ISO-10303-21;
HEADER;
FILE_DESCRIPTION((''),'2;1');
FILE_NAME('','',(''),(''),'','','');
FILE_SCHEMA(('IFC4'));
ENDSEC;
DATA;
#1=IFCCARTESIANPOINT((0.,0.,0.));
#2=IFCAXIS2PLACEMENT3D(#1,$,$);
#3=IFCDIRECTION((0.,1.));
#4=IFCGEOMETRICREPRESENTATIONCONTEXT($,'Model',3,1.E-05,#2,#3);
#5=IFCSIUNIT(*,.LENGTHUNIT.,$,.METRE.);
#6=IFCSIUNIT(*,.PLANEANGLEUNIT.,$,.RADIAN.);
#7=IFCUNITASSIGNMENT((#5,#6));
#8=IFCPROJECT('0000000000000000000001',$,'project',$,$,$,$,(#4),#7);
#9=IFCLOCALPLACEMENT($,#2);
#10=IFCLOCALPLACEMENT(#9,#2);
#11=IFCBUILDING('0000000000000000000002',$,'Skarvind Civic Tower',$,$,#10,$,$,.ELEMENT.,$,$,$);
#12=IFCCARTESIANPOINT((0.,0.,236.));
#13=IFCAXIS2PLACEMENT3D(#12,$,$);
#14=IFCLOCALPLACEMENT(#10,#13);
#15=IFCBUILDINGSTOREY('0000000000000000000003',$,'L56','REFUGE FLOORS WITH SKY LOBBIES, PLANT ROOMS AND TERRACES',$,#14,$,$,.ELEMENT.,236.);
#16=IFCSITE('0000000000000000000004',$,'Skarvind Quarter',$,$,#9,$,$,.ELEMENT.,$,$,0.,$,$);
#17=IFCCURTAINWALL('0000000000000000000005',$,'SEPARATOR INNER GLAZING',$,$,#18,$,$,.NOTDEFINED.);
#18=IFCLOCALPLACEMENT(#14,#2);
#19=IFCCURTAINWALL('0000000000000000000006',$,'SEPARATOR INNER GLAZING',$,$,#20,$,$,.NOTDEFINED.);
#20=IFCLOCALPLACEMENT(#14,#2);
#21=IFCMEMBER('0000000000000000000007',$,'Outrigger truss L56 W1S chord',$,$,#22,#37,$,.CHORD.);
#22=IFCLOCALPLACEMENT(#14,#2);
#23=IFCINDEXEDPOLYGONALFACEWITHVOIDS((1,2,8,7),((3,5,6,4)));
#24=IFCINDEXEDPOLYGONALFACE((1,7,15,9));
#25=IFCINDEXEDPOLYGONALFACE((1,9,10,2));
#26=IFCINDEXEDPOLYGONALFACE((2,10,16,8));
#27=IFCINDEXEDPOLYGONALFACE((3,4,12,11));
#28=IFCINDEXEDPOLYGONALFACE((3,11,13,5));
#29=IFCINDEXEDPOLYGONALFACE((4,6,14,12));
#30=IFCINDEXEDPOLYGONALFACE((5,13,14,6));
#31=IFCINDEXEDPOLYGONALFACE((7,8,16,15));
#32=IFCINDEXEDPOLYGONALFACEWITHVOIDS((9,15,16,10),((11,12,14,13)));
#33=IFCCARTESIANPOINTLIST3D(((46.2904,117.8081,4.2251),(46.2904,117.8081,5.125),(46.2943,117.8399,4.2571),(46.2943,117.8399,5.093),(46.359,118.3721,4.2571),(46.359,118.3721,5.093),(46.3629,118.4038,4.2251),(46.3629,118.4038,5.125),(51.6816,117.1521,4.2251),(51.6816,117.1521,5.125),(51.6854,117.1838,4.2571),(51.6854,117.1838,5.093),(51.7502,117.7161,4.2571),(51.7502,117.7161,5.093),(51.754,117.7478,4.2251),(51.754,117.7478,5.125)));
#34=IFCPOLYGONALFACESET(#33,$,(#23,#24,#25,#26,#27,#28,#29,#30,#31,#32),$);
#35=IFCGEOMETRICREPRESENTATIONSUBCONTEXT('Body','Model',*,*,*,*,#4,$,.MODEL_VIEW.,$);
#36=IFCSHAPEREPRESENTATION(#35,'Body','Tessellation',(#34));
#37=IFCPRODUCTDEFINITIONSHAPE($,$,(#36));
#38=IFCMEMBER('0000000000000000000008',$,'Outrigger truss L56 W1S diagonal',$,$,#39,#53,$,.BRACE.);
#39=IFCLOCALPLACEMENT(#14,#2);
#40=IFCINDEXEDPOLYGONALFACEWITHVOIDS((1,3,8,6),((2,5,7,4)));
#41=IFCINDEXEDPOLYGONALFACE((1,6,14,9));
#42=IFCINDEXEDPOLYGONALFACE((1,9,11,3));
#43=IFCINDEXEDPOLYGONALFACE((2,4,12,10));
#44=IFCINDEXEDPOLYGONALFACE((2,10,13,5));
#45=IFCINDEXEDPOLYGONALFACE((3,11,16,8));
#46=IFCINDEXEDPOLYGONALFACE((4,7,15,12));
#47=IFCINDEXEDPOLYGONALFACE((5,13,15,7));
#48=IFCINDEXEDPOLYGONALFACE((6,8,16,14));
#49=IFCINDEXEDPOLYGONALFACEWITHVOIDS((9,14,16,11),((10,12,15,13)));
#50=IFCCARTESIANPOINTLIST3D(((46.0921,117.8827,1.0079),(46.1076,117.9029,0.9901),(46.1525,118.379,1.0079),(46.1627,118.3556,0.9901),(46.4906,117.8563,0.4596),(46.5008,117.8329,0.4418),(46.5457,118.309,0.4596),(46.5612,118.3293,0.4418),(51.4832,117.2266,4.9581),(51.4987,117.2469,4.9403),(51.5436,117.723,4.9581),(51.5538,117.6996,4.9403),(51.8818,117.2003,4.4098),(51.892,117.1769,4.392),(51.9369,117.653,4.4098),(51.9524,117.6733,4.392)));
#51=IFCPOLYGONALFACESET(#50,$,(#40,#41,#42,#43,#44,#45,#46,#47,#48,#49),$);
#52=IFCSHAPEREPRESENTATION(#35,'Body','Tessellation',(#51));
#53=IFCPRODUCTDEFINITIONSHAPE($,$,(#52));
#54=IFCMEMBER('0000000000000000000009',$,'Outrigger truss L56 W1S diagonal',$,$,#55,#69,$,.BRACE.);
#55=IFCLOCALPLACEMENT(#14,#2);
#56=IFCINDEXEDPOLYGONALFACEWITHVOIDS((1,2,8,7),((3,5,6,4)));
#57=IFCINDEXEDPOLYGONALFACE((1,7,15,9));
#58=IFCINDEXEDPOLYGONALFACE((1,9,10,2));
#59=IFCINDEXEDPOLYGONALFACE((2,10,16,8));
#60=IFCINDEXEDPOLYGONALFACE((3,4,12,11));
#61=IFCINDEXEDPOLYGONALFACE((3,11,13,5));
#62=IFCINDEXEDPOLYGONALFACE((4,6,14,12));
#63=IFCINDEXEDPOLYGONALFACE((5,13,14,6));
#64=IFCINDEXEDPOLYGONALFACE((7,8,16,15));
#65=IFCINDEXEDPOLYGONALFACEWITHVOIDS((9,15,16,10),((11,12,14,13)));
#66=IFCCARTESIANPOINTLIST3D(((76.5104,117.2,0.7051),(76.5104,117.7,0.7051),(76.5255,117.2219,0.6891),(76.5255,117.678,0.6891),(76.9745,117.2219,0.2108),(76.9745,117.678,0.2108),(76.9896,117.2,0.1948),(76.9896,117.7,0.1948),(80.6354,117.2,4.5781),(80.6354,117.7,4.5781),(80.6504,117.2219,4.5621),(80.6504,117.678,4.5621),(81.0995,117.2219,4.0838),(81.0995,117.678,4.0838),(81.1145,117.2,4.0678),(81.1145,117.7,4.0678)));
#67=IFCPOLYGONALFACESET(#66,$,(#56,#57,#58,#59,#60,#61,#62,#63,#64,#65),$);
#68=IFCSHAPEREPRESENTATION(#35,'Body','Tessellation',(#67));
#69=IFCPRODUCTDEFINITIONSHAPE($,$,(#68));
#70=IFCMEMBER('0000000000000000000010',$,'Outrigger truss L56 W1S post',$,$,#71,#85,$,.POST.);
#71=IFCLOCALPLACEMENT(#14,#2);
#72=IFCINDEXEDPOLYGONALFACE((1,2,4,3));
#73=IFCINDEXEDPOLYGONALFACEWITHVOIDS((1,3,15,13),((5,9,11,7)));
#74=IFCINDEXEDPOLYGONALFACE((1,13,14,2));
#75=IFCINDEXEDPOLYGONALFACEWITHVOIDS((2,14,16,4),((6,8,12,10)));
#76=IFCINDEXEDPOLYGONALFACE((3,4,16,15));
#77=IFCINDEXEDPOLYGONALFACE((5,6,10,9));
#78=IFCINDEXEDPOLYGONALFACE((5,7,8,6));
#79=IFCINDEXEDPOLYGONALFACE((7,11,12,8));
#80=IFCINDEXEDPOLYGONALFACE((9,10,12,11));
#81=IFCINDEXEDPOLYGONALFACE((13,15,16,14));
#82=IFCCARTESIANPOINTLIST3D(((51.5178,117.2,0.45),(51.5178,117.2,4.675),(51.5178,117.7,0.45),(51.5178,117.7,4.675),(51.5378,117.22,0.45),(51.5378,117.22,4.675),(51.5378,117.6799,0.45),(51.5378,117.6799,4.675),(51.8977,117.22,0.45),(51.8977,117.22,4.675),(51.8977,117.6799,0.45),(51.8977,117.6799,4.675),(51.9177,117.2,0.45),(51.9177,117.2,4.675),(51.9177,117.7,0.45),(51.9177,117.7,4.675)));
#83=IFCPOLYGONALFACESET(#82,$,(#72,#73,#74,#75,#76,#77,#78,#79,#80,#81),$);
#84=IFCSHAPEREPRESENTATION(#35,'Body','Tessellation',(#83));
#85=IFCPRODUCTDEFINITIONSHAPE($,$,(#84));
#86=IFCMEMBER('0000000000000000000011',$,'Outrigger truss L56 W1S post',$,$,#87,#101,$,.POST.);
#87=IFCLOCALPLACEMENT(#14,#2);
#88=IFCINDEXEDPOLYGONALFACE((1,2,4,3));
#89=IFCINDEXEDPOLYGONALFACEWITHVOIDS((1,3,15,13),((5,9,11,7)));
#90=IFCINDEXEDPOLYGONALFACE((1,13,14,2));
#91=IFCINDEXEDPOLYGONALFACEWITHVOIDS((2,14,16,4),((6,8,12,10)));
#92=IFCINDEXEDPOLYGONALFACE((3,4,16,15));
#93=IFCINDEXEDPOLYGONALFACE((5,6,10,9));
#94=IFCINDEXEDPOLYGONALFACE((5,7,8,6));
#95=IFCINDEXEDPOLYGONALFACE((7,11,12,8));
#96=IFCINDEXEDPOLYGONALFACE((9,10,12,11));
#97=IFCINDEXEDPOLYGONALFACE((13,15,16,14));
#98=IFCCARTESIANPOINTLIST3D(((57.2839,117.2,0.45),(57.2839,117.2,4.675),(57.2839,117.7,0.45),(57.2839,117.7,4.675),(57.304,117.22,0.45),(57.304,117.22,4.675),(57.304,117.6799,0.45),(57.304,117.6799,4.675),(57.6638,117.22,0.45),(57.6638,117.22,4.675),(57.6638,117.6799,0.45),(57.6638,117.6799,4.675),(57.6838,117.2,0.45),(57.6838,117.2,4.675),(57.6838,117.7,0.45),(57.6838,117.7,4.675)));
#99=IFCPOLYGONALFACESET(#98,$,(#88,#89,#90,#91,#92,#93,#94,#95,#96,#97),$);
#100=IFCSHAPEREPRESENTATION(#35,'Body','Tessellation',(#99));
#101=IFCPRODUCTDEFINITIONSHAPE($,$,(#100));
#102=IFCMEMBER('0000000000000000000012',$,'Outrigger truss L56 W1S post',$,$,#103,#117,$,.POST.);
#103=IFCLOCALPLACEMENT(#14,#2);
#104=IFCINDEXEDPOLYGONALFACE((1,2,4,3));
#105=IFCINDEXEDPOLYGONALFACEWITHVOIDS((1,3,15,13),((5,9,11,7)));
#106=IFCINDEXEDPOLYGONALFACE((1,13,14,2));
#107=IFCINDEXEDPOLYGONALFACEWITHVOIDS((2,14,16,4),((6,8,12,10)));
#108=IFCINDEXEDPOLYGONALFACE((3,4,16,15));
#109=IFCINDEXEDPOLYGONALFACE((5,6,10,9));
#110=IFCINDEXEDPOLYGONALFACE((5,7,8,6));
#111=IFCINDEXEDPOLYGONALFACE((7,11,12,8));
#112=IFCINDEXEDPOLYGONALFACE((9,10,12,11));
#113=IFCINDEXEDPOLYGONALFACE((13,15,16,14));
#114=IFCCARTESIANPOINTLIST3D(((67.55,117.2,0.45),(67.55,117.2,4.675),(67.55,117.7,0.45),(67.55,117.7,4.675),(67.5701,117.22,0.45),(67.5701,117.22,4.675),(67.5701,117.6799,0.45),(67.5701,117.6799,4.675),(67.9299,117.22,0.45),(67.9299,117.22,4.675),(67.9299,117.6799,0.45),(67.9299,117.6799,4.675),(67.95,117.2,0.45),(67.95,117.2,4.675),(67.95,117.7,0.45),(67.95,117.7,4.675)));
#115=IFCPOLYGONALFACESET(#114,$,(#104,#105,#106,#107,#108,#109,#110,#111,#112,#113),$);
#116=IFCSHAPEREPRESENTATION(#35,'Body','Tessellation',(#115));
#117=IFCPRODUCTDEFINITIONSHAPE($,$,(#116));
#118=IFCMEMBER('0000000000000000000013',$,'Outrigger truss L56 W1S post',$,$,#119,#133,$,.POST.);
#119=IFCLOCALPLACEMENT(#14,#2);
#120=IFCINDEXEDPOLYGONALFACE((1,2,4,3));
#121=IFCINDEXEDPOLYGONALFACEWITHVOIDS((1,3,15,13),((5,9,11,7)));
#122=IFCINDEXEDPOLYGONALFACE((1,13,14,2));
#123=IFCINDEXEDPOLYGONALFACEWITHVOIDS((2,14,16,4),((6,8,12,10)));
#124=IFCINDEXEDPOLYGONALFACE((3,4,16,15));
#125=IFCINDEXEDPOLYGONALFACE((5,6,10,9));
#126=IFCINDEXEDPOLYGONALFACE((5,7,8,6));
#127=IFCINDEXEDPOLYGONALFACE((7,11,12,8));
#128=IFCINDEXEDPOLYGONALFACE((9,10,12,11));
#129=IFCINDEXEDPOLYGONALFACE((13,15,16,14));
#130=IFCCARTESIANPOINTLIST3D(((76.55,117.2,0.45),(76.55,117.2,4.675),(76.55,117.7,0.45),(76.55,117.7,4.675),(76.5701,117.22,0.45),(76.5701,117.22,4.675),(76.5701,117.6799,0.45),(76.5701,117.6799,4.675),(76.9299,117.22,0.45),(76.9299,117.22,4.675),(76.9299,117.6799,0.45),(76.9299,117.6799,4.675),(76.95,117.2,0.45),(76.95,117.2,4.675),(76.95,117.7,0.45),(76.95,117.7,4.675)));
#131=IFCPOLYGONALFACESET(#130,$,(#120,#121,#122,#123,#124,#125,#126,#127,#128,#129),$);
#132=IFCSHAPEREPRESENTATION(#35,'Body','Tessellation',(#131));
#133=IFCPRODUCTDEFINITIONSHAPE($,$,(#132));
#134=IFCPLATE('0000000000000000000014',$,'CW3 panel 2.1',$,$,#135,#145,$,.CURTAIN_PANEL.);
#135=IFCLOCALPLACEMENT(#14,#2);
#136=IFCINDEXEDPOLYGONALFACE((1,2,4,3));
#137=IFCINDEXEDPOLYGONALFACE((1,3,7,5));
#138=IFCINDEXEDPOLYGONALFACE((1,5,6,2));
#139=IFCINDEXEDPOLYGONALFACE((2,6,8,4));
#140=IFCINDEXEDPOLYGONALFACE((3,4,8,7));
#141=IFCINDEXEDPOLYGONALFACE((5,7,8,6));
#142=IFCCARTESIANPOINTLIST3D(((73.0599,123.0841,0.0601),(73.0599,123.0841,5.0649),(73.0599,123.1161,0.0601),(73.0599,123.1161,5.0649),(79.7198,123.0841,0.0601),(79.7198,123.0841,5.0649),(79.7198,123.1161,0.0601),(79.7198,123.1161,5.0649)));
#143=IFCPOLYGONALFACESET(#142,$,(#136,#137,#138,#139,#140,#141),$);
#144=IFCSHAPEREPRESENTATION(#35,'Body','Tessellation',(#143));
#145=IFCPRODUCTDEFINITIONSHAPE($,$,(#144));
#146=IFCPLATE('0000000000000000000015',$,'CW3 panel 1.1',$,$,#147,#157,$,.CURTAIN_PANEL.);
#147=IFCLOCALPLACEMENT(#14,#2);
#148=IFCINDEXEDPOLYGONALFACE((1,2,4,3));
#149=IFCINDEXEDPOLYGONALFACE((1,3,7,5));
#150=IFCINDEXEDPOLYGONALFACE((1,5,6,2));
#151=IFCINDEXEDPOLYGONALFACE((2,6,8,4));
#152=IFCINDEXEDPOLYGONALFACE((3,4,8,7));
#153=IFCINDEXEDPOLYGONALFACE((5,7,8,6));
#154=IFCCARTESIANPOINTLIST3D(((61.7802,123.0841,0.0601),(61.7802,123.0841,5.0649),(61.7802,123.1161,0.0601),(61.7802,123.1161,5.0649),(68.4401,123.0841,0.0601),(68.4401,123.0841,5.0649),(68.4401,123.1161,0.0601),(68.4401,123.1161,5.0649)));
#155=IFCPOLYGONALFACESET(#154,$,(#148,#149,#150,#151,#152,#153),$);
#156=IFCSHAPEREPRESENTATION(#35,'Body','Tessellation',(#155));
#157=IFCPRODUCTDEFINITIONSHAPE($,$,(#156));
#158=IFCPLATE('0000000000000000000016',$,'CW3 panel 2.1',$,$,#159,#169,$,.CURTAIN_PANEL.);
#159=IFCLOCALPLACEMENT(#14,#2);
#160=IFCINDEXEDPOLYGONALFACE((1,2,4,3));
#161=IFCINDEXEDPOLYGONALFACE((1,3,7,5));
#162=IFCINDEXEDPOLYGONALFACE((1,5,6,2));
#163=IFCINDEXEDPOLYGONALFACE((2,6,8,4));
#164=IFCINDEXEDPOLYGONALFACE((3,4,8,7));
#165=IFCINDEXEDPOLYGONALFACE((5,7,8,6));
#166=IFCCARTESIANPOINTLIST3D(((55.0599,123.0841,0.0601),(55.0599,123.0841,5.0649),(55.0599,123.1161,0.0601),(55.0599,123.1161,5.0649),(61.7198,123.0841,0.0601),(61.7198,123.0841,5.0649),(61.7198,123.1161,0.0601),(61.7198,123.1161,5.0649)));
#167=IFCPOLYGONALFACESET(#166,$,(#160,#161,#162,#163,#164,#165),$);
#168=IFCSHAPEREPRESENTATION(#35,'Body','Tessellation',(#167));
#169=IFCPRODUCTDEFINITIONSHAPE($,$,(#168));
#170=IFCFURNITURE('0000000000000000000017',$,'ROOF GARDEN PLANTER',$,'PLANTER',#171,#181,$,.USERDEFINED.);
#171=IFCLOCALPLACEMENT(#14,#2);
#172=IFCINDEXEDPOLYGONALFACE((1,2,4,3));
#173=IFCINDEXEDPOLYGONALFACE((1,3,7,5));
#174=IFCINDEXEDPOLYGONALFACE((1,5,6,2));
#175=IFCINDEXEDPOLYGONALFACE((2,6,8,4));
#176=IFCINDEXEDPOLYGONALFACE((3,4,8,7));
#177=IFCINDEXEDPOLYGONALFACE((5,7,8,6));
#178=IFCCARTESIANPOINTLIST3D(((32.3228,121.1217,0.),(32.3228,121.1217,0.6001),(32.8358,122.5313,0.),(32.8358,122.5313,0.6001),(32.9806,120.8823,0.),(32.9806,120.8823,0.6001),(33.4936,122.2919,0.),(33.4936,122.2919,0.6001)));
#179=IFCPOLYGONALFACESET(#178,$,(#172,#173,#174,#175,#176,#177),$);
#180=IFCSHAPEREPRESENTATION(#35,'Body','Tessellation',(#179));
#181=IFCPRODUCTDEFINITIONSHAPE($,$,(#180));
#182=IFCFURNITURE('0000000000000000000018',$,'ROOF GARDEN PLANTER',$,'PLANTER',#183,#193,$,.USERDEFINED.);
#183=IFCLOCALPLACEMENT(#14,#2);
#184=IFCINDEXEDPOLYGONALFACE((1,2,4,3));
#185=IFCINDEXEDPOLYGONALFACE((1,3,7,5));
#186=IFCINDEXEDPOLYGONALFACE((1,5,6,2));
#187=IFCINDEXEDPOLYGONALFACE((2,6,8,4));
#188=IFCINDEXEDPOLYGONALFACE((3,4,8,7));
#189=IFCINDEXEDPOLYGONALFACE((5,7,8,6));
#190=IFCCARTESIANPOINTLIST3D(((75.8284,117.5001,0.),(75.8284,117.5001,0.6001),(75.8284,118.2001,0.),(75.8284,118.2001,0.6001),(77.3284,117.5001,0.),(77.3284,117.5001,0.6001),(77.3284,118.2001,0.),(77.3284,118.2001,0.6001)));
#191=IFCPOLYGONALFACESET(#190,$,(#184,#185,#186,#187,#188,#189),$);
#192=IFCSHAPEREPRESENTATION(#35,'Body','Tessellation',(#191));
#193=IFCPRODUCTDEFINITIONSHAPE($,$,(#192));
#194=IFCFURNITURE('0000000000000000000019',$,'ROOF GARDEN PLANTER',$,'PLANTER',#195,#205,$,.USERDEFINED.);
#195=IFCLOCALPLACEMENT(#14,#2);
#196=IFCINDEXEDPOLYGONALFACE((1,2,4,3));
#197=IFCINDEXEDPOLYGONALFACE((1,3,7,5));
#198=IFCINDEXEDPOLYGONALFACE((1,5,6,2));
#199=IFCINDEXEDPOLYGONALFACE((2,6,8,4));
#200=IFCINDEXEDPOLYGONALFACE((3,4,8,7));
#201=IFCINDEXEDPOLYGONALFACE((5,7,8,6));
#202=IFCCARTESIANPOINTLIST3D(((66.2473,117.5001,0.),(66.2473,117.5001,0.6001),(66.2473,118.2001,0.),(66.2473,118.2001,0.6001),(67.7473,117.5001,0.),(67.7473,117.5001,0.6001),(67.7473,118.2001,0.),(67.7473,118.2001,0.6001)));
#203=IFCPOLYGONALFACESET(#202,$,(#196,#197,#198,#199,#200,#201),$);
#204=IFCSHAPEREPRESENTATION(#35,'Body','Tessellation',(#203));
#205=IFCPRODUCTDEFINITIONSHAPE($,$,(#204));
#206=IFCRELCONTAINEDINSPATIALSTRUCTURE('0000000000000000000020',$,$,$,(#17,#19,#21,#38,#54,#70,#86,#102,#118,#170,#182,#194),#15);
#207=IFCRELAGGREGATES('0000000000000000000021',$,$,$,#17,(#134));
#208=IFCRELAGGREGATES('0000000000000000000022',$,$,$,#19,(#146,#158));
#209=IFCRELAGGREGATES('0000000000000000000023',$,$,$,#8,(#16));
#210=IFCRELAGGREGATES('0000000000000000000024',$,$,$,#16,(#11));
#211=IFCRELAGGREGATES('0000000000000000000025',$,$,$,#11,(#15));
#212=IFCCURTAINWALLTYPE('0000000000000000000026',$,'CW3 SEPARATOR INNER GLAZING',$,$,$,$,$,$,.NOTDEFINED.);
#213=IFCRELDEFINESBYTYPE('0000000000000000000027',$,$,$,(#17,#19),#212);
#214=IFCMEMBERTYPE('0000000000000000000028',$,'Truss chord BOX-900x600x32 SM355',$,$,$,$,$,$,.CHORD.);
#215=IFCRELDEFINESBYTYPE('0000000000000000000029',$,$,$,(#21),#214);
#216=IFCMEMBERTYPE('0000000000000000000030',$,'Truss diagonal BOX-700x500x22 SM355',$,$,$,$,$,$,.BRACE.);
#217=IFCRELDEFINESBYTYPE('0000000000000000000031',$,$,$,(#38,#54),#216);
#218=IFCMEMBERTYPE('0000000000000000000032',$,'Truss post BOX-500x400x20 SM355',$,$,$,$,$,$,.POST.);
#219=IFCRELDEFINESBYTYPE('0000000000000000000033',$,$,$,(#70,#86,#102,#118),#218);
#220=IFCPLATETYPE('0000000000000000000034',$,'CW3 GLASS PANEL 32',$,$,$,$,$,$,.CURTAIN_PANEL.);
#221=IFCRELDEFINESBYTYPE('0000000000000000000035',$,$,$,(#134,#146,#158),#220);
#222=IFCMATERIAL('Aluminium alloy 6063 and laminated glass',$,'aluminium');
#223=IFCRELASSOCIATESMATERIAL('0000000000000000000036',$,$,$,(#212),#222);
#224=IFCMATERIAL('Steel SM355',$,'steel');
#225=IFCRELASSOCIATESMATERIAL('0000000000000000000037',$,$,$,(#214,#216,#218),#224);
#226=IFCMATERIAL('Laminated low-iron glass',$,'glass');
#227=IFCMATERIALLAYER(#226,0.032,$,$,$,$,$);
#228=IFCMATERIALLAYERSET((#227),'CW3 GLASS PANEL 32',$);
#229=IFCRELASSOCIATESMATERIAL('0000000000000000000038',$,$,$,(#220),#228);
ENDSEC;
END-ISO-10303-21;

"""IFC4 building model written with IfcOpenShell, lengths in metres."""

from ifc_helpers import new_model, si_unit, direction, frame, origin, origin_2d, place, context, subcontext, project, spatial, rectangle, hollow_rectangle, extrude, material, layer, layer_set, material_profile, profile_set, type_object, element, aggregate, save


model = new_model("IFC4")

# Units and contexts
model_context = context("Model", 3, precision=1e-05, world=origin(), true_north=direction((0.0, 1.0)))
body_context = subcontext(model_context, "Body", "Model", "MODEL_VIEW")
ifc_project = project(units=[si_unit("LENGTHUNIT", "METRE"), si_unit("PLANEANGLEUNIT", "RADIAN")], contexts=[model_context])

# Site, building, storey
site_placement = place(None, origin())
site = spatial("IfcSite", under=ifc_project, at=site_placement, Name="Skarvind Quarter", CompositionType="ELEMENT", RefElevation=0.0)
building_placement = place(site_placement, origin())
building = spatial("IfcBuilding", under=site, at=building_placement, Name="Skarvind Civic Tower", CompositionType="ELEMENT")
storey_placement = place(building_placement, frame((0.0, 0.0, 236.0)))
storey = spatial("IfcBuildingStorey", under=building, at=storey_placement, Name="L56", Description="REFUGE FLOORS WITH SKY LOBBIES, PLANT ROOMS AND TERRACES", CompositionType="ELEMENT", Elevation=236.0)

# Curtain wall
ifc_material_1 = material(Name="Aluminium alloy 6063 and laminated glass", Category="aluminium")
curtain_wall_type = type_object("IfcCurtainWallType", Name="CW3 SEPARATOR INNER GLAZING", PredefinedType="NOTDEFINED", material=ifc_material_1)
curtain_wall_1_placement = place(storey_placement, origin())
curtain_wall_1 = element("IfcCurtainWall", 1, at=curtain_wall_1_placement, inside=storey, type_object=curtain_wall_type, Name="SEPARATOR INNER GLAZING", PredefinedType="NOTDEFINED")

# Curtain wall
curtain_wall_2_placement = place(storey_placement, origin())
curtain_wall_2 = element("IfcCurtainWall", 2, at=curtain_wall_2_placement, inside=storey, type_object=curtain_wall_type, Name="SEPARATOR INNER GLAZING", PredefinedType="NOTDEFINED")

# Members
ifc_material_2 = material(Name="Steel SM355", Category="steel")
ifc_material_profile_1 = material_profile(ifc_material_2, hollow_rectangle(XDim=0.6001, YDim=0.8999, WallThickness=0.032, at=origin_2d()), Name="BOX-900x600x32")
ifc_profile_set_1 = profile_set([ifc_material_profile_1], Name="Steel SM355")
member_type_1 = type_object("IfcMemberType", Name="Truss chord BOX-900x600x32 SM355", PredefinedType="CHORD", material=ifc_profile_set_1)
for number, where, z_axis, x_axis, name in (
    (3, (46.3267, 118.106, 4.675), (0.992678, -0.120792, 0.0), (0.120792, 0.992678, 0.0), "Outrigger truss L56 W1S chord"),
):
    element("IfcMember", number, at=place(storey_placement, frame(where, z_axis=z_axis, x_axis=x_axis)), inside=storey, type_object=member_type_1, Name=name, PredefinedType="CHORD", context=body_context, shape_type="SweptSolid", body=[
        extrude(hollow_rectangle(XDim=0.6001, YDim=0.8999, WallThickness=0.032, at=origin_2d()), origin(), (0.0, 0.0, 1.0), 5.4309),
    ])
ifc_material_profile_2 = material_profile(ifc_material_2, hollow_rectangle(XDim=0.5, YDim=0.7, WallThickness=0.022, at=origin_2d()), Name="BOX-700x500x22")
ifc_profile_set_2 = profile_set([ifc_material_profile_2], Name="Steel SM355")
member_type_2 = type_object("IfcMemberType", Name="Truss diagonal BOX-700x500x22 SM355", PredefinedType="BRACE", material=ifc_profile_set_2)
member_1_placement = place(storey_placement, frame((46.3267, 118.106, 0.7249), z_axis=(0.802782, -0.097685, 0.588217), x_axis=(0.120792, 0.992678, 0.0)))
element("IfcMember", 4, at=member_1_placement, inside=storey, type_object=member_type_2, Name="Outrigger truss L56 W1S diagonal", PredefinedType="BRACE", context=body_context, shape_type="SweptSolid", body=[
    extrude(hollow_rectangle(XDim=0.5, YDim=0.7, WallThickness=0.022, at=origin_2d()), origin(), (0.0, 0.0, 1.0), 6.7156),
])
member_2_placement = place(storey_placement, frame((76.75, 117.45, 0.45), z_axis=(0.72902, 0.0, 0.684492), x_axis=(0.0, 1.0, 0.0)))
element("IfcMember", 5, at=member_2_placement, inside=storey, type_object=member_type_2, Name="Outrigger truss L56 W1S diagonal", PredefinedType="BRACE", context=body_context, shape_type="SweptSolid", body=[
    extrude(hollow_rectangle(XDim=0.5, YDim=0.7, WallThickness=0.022, at=origin_2d()), origin(), (0.0, 0.0, 1.0), 5.6582),
])
ifc_material_profile_3 = material_profile(ifc_material_2, hollow_rectangle(XDim=0.3999, YDim=0.5, WallThickness=0.02, at=origin_2d()), Name="BOX-500x400x20")
ifc_profile_set_3 = profile_set([ifc_material_profile_3], Name="Steel SM355")
member_type_3 = type_object("IfcMemberType", Name="Truss post BOX-500x400x20 SM355", PredefinedType="POST", material=ifc_profile_set_3)
for number, where, z_axis, x_axis, name in (
    (6, (51.7178, 117.45, 0.45), (0.0, 0.0, 1.0), (1.0, 0.0, 0.0), "Outrigger truss L56 W1S post"),
    (7, (57.4839, 117.45, 0.45), (0.0, 0.0, 1.0), (1.0, 0.0, 0.0), "Outrigger truss L56 W1S post"),
    (8, (67.75, 117.45, 0.45), (0.0, 0.0, 1.0), (1.0, 0.0, 0.0), "Outrigger truss L56 W1S post"),
    (9, (76.75, 117.45, 0.45), (0.0, 0.0, 1.0), (1.0, 0.0, 0.0), "Outrigger truss L56 W1S post"),
):
    element("IfcMember", number, at=place(storey_placement, frame(where, z_axis=z_axis, x_axis=x_axis)), inside=storey, type_object=member_type_3, Name=name, PredefinedType="POST", context=body_context, shape_type="SweptSolid", body=[
        extrude(hollow_rectangle(XDim=0.3999, YDim=0.5, WallThickness=0.02, at=origin_2d()), origin(), (0.0, 0.0, 1.0), 4.2251),
    ])

# Plates
ifc_material_3 = material(Name="Laminated low-iron glass", Category="glass")
ifc_layer_1 = layer(ifc_material_3, 0.032)
ifc_layer_set_1 = layer_set([ifc_layer_1], Name="CW3 GLASS PANEL 32")
plate_type = type_object("IfcPlateType", Name="CW3 GLASS PANEL 32", PredefinedType="CURTAIN_PANEL", material=ifc_layer_set_1)
plate_1_placement = place(storey_placement, frame((76.3899, 123.1001, 0.0601), z_axis=(0.0, 0.0, 1.0), x_axis=(-1.0, 0.0, 0.0)))
plate_1 = element("IfcPlate", 10, at=plate_1_placement, type_object=plate_type, Name="CW3 panel 2.1", PredefinedType="CURTAIN_PANEL", context=body_context, shape_type="SweptSolid", body=[
    extrude(rectangle(XDim=6.6599, YDim=0.032, at=origin_2d()), origin(), (0.0, 0.0, 1.0), 5.0049),
])
aggregate(curtain_wall_1, [plate_1])
plate_2_placement = place(storey_placement, frame((65.1101, 123.1001, 0.0601), z_axis=(0.0, 0.0, 1.0), x_axis=(-1.0, 0.0, 0.0)))
plate_2 = element("IfcPlate", 11, at=plate_2_placement, type_object=plate_type, Name="CW3 panel 1.1", PredefinedType="CURTAIN_PANEL", context=body_context, shape_type="SweptSolid", body=[
    extrude(rectangle(XDim=6.6599, YDim=0.032, at=origin_2d()), origin(), (0.0, 0.0, 1.0), 5.0049),
])
plate_3_placement = place(storey_placement, frame((58.3899, 123.1001, 0.0601), z_axis=(0.0, 0.0, 1.0), x_axis=(-1.0, 0.0, 0.0)))
plate_3 = element("IfcPlate", 12, at=plate_3_placement, type_object=plate_type, Name="CW3 panel 2.1", PredefinedType="CURTAIN_PANEL", context=body_context, shape_type="SweptSolid", body=[
    extrude(rectangle(XDim=6.6599, YDim=0.032, at=origin_2d()), origin(), (0.0, 0.0, 1.0), 5.0049),
])
aggregate(curtain_wall_2, [plate_2, plate_3])

# Furniture
for number, where, z_axis, x_axis, name in (
    (13, (32.9082, 121.7068, 0.0), (0.0, 0.0, 1.0), (0.34202, 0.939693, 0.0), "ROOF GARDEN PLANTER"),
    (14, (76.5784, 117.8501, 0.0), (0.0, 0.0, 1.0), (-1.0, 0.0, 0.0), "ROOF GARDEN PLANTER"),
    (15, (66.9973, 117.8501, 0.0), (0.0, 0.0, 1.0), (-1.0, 0.0, 0.0), "ROOF GARDEN PLANTER"),
):
    element("IfcFurniture", number, at=place(storey_placement, frame(where, z_axis=z_axis, x_axis=x_axis)), inside=storey, Name=name, ObjectType="PLANTER", PredefinedType="USERDEFINED", context=body_context, shape_type="SweptSolid", body=[
        extrude(rectangle(XDim=1.5, YDim=0.7, at=origin_2d()), origin(), (0.0, 0.0, 1.0), 0.6001),
    ])

save(model, "model.ifc")
